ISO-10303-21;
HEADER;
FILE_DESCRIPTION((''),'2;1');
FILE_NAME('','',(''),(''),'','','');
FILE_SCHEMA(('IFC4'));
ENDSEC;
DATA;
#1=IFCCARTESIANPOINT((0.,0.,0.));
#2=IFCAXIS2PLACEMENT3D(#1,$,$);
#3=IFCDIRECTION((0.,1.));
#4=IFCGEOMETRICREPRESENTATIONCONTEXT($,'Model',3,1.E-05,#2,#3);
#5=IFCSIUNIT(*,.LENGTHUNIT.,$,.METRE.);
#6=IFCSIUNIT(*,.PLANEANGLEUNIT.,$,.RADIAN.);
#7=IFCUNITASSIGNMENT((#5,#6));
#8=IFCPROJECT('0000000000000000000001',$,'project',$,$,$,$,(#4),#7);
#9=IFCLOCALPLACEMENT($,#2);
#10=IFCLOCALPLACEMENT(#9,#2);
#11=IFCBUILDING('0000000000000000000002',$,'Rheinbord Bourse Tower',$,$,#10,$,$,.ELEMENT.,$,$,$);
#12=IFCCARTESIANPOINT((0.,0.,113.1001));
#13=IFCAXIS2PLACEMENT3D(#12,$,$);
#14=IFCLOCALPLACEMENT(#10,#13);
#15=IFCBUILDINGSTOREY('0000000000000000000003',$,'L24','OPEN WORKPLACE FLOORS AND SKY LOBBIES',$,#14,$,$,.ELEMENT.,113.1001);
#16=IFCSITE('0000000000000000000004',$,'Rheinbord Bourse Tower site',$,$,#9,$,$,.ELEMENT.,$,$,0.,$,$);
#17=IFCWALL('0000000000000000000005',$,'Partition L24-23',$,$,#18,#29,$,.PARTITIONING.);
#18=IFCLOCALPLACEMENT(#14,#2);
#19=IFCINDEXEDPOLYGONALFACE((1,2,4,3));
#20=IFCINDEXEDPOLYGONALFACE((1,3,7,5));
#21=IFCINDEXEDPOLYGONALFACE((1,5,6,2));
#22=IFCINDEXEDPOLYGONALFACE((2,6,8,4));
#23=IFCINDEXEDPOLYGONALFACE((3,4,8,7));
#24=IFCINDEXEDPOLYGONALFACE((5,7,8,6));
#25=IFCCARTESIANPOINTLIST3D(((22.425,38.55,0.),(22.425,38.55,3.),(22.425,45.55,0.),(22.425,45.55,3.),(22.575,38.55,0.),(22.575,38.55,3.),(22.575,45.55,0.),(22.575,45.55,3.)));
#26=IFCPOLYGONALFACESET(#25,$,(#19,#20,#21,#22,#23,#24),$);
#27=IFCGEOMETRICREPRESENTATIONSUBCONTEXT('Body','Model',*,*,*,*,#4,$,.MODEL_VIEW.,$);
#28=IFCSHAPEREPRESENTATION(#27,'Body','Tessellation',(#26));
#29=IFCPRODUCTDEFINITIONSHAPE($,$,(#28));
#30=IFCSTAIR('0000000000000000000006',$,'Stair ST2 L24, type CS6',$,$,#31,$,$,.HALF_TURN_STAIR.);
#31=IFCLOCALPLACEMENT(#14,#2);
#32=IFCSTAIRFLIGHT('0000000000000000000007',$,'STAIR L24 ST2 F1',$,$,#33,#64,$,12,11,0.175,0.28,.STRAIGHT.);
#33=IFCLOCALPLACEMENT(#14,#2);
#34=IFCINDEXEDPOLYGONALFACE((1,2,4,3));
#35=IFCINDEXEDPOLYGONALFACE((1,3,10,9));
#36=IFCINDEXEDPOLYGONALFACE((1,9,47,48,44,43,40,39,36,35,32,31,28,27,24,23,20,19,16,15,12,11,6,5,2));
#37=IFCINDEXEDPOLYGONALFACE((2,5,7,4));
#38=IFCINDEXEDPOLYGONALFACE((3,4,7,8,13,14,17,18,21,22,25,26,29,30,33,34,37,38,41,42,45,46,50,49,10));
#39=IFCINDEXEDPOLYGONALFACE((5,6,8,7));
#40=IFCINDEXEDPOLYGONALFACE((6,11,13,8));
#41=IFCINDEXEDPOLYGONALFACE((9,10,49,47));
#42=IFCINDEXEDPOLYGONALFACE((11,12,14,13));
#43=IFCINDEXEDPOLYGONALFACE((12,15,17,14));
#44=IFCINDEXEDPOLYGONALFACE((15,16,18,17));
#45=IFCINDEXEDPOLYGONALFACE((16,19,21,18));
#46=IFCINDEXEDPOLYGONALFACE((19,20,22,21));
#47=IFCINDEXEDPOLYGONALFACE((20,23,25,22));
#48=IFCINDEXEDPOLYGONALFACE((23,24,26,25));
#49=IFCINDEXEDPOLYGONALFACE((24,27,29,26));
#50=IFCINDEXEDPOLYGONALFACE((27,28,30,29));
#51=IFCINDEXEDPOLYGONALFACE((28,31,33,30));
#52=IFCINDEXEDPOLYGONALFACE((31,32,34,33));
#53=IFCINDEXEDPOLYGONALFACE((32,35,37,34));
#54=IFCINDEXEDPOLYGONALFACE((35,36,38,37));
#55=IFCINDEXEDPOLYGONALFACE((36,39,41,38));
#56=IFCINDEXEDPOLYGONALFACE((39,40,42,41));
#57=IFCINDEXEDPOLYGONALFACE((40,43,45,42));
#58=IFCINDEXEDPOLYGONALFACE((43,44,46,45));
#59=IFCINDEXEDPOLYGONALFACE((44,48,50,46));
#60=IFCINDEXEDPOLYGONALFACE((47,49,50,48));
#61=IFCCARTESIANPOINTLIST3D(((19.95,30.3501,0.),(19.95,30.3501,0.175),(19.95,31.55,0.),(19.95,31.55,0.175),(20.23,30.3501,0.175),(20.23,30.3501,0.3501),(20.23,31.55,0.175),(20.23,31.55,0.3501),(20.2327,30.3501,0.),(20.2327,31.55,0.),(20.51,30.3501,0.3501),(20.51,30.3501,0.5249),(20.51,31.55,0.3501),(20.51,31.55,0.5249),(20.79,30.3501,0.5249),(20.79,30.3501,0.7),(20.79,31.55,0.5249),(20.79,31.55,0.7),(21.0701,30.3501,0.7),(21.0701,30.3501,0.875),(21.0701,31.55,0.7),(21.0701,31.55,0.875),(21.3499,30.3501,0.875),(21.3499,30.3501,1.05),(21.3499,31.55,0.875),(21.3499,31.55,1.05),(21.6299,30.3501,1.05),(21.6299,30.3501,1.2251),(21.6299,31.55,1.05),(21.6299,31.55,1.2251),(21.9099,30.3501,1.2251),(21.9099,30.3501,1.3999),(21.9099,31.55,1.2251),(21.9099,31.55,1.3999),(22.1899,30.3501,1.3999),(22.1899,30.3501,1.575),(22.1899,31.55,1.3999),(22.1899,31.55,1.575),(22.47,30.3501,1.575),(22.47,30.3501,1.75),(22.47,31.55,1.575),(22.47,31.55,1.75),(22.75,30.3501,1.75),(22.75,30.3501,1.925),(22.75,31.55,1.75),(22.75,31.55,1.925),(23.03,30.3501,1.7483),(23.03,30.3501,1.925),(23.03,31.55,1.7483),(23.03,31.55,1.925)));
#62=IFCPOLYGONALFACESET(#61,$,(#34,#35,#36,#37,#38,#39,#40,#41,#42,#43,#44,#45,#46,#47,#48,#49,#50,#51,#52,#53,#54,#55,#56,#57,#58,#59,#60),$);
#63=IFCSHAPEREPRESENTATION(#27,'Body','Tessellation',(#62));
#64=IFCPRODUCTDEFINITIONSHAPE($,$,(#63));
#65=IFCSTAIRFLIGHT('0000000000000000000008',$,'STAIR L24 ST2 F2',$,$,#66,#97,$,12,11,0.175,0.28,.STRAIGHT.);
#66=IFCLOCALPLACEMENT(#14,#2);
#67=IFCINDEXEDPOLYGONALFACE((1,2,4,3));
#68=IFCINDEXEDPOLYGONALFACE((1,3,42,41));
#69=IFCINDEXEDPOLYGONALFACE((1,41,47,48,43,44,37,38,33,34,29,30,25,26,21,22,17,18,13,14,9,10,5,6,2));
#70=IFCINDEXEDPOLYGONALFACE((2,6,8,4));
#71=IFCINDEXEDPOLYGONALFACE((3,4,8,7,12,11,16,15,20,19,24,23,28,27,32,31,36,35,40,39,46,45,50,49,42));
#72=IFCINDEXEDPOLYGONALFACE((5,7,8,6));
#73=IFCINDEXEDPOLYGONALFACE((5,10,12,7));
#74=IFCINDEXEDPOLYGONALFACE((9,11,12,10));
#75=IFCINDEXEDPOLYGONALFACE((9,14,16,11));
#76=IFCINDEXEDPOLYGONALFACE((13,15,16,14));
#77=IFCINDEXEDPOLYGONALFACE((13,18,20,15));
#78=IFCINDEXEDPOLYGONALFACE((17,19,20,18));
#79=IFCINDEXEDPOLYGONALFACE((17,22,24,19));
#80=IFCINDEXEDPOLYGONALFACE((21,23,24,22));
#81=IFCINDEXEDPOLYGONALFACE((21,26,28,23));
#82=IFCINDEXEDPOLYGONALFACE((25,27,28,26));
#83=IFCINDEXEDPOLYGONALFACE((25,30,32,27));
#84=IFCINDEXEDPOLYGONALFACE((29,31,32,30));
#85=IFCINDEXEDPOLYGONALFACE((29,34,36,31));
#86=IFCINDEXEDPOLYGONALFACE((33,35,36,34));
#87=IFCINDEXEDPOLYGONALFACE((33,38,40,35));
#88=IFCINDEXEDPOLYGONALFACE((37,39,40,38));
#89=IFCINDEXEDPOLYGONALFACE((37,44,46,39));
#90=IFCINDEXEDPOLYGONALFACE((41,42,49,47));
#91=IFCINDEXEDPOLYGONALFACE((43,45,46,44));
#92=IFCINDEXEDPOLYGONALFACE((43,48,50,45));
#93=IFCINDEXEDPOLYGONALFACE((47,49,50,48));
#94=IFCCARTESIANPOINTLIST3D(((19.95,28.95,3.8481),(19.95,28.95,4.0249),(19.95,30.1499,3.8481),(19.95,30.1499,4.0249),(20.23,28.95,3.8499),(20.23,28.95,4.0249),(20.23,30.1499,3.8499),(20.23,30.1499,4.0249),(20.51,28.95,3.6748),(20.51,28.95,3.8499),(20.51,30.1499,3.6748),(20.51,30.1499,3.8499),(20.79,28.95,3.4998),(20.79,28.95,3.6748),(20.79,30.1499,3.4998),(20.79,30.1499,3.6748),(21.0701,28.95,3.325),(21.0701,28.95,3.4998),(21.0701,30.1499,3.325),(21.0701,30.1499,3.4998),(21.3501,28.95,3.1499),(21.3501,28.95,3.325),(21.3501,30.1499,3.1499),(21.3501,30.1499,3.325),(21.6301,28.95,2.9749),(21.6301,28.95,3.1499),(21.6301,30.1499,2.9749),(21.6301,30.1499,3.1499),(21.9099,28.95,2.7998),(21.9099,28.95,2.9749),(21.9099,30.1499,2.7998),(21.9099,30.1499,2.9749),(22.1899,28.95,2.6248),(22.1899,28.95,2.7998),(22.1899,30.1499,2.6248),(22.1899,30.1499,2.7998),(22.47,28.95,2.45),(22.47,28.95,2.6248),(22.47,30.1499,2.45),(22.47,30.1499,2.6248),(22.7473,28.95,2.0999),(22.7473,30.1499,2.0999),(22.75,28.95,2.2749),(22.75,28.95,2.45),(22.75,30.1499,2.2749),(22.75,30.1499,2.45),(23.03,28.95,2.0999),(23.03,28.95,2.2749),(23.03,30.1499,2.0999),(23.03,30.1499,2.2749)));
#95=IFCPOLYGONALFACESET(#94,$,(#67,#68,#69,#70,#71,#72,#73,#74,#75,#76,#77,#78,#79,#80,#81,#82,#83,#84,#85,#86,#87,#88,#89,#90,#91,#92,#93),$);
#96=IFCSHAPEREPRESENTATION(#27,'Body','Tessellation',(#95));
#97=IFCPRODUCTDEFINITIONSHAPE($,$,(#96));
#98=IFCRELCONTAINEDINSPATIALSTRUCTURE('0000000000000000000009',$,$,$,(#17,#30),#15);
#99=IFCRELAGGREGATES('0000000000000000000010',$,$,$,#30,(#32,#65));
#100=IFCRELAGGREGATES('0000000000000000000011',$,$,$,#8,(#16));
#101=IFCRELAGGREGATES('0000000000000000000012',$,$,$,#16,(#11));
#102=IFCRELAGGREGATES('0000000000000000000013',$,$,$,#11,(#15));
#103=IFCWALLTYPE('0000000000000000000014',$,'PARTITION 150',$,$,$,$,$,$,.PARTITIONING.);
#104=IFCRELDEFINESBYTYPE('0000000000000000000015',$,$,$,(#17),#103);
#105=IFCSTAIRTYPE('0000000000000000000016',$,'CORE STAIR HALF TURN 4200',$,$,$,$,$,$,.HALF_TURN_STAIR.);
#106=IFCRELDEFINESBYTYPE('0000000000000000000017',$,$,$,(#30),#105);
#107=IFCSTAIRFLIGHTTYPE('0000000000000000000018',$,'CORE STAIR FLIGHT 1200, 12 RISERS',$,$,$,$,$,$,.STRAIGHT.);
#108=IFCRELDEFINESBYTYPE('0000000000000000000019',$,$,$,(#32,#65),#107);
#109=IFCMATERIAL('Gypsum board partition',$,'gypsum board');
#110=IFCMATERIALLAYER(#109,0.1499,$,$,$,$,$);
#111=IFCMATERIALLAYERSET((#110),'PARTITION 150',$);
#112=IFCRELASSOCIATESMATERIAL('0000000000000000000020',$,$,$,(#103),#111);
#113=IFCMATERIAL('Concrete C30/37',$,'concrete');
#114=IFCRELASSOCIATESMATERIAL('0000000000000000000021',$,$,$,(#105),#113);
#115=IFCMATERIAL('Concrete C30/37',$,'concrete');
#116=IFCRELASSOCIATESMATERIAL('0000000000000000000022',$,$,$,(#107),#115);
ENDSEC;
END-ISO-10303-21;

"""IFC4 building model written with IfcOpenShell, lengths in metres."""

from ifc_helpers import new_model, si_unit, direction, frame, frame_2d, origin, place, context, subcontext, project, spatial, polyline, rectangle, outline, extrude, material, layer, layer_set, type_object, element, aggregate, save


model = new_model("IFC4")

# Units and contexts
model_context = context("Model", 3, precision=1e-05, world=origin(), true_north=direction((0.0, 1.0)))
body_context = subcontext(model_context, "Body", "Model", "MODEL_VIEW")
ifc_project = project(units=[si_unit("LENGTHUNIT", "METRE"), si_unit("PLANEANGLEUNIT", "RADIAN")], contexts=[model_context])

# Site, building, storey
site_placement = place(None, origin())
site = spatial("IfcSite", under=ifc_project, at=site_placement, Name="Rheinbord Bourse Tower site", CompositionType="ELEMENT", RefElevation=0.0)
building_placement = place(site_placement, origin())
building = spatial("IfcBuilding", under=site, at=building_placement, Name="Rheinbord Bourse Tower", CompositionType="ELEMENT")
storey_placement = place(building_placement, frame((0.0, 0.0, 113.1001)))
storey = spatial("IfcBuildingStorey", under=building, at=storey_placement, Name="L24", Description="OPEN WORKPLACE FLOORS AND SKY LOBBIES", CompositionType="ELEMENT", Elevation=113.1001)

# Wall
ifc_material_1 = material(Name="Gypsum board partition", Category="gypsum board")
ifc_layer_1 = layer(ifc_material_1, 0.1499)
ifc_layer_set_1 = layer_set([ifc_layer_1], Name="PARTITION 150")
wall_type_1 = type_object("IfcWallType", Name="PARTITION 150", PredefinedType="PARTITIONING", material=ifc_layer_set_1)
wall_1_placement = place(storey_placement, frame((22.5, 38.55, 0.0), z_axis=(0.0, 0.0, 1.0), x_axis=(0.0, 1.0, 0.0)))
element("IfcWall", 1, at=wall_1_placement, inside=storey, type_object=wall_type_1, Name="Partition L24-23", PredefinedType="PARTITIONING", context=body_context, shape_type="SweptSolid", body=[
    extrude(rectangle(XDim=7.0, YDim=0.1499, at=frame_2d((3.5, 0.0))), origin(), (0.0, 0.0, 1.0), 3.0),
])

# Stair, stair flights
ifc_material_2 = material(Name="Concrete C30/37", Category="concrete")
stair_type = type_object("IfcStairType", Name="CORE STAIR HALF TURN 4200", PredefinedType="HALF_TURN_STAIR", material=ifc_material_2)
stair_placement = place(storey_placement, origin())
stair = element("IfcStair", 2, at=stair_placement, inside=storey, type_object=stair_type, Name="Stair ST2 L24, type CS6", PredefinedType="HALF_TURN_STAIR")
ifc_material_3 = material(Name="Concrete C30/37", Category="concrete")
stair_flight_type = type_object("IfcStairFlightType", Name="CORE STAIR FLIGHT 1200, 12 RISERS", PredefinedType="STRAIGHT", material=ifc_material_3)
stair_flight_1_placement = place(storey_placement, frame((19.95, 30.95, 0.0), z_axis=(0.0, 0.0, 1.0), x_axis=(1.0, 0.0, 0.0)))
stair_flight_1 = element("IfcStairFlight", 3, at=stair_flight_1_placement, type_object=stair_flight_type, Name="STAIR L24 ST2 F1", NumberOfRisers=12, NumberOfTreads=11, PredefinedType="STRAIGHT", RiserHeight=0.175, TreadLength=0.28, context=body_context, shape_type="SweptSolid", body=[
    extrude(outline(polyline([(0.0, 0.0), (0.0, 0.175), (0.28, 0.175), (0.28, 0.3501), (0.5601, 0.3501), (0.5601, 0.5249), (0.8401, 0.5249), (0.8401, 0.7), (1.1201, 0.7), (1.1201, 0.875), (1.3999, 0.875), (1.3999, 1.05), (1.6799, 1.05), (1.6799, 1.2251), (1.96, 1.2251), (1.96, 1.3999), (2.24, 1.3999), (2.24, 1.575), (2.52, 1.575), (2.52, 1.75), (2.8, 1.75), (2.8, 1.925), (3.0801, 1.925), (3.0801, 2.1001), (3.0801, 1.7483), (0.2827, 0.0), (0.0, 0.0)])), frame((0.0, 0.6001, 0.0), z_axis=(0.0, -1.0, 0.0), x_axis=(1.0, 0.0, 0.0)), (0.0, 0.0, 1.0), 1.2),
])
stair_flight_2_placement = place(storey_placement, frame((23.03, 29.55, 2.0999), z_axis=(0.0, 0.0, 1.0), x_axis=(-1.0, 0.0, 0.0)))
stair_flight_2 = element("IfcStairFlight", 4, at=stair_flight_2_placement, type_object=stair_flight_type, Name="STAIR L24 ST2 F2", NumberOfRisers=12, NumberOfTreads=11, PredefinedType="STRAIGHT", RiserHeight=0.175, TreadLength=0.28, context=body_context, shape_type="SweptSolid", body=[
    extrude(outline(polyline([(0.0, 0.0), (0.0, 0.175), (0.28, 0.175), (0.28, 0.3501), (0.5601, 0.3501), (0.5601, 0.5249), (0.8401, 0.5249), (0.8401, 0.7), (1.1201, 0.7), (1.1201, 0.875), (1.3999, 0.875), (1.3999, 1.05), (1.6799, 1.05), (1.6799, 1.2251), (1.96, 1.2251), (1.96, 1.3999), (2.24, 1.3999), (2.24, 1.575), (2.52, 1.575), (2.52, 1.75), (2.8, 1.75), (2.8, 1.925), (3.0801, 1.925), (3.0801, 2.1001), (3.0801, 1.7483), (0.2827, 0.0), (0.0, 0.0)])), frame((0.0, 0.6001, 0.0), z_axis=(0.0, -1.0, 0.0), x_axis=(1.0, 0.0, 0.0)), (0.0, 0.0, 1.0), 1.2),
])
aggregate(stair, [stair_flight_1, stair_flight_2])

save(model, "model.ifc")
